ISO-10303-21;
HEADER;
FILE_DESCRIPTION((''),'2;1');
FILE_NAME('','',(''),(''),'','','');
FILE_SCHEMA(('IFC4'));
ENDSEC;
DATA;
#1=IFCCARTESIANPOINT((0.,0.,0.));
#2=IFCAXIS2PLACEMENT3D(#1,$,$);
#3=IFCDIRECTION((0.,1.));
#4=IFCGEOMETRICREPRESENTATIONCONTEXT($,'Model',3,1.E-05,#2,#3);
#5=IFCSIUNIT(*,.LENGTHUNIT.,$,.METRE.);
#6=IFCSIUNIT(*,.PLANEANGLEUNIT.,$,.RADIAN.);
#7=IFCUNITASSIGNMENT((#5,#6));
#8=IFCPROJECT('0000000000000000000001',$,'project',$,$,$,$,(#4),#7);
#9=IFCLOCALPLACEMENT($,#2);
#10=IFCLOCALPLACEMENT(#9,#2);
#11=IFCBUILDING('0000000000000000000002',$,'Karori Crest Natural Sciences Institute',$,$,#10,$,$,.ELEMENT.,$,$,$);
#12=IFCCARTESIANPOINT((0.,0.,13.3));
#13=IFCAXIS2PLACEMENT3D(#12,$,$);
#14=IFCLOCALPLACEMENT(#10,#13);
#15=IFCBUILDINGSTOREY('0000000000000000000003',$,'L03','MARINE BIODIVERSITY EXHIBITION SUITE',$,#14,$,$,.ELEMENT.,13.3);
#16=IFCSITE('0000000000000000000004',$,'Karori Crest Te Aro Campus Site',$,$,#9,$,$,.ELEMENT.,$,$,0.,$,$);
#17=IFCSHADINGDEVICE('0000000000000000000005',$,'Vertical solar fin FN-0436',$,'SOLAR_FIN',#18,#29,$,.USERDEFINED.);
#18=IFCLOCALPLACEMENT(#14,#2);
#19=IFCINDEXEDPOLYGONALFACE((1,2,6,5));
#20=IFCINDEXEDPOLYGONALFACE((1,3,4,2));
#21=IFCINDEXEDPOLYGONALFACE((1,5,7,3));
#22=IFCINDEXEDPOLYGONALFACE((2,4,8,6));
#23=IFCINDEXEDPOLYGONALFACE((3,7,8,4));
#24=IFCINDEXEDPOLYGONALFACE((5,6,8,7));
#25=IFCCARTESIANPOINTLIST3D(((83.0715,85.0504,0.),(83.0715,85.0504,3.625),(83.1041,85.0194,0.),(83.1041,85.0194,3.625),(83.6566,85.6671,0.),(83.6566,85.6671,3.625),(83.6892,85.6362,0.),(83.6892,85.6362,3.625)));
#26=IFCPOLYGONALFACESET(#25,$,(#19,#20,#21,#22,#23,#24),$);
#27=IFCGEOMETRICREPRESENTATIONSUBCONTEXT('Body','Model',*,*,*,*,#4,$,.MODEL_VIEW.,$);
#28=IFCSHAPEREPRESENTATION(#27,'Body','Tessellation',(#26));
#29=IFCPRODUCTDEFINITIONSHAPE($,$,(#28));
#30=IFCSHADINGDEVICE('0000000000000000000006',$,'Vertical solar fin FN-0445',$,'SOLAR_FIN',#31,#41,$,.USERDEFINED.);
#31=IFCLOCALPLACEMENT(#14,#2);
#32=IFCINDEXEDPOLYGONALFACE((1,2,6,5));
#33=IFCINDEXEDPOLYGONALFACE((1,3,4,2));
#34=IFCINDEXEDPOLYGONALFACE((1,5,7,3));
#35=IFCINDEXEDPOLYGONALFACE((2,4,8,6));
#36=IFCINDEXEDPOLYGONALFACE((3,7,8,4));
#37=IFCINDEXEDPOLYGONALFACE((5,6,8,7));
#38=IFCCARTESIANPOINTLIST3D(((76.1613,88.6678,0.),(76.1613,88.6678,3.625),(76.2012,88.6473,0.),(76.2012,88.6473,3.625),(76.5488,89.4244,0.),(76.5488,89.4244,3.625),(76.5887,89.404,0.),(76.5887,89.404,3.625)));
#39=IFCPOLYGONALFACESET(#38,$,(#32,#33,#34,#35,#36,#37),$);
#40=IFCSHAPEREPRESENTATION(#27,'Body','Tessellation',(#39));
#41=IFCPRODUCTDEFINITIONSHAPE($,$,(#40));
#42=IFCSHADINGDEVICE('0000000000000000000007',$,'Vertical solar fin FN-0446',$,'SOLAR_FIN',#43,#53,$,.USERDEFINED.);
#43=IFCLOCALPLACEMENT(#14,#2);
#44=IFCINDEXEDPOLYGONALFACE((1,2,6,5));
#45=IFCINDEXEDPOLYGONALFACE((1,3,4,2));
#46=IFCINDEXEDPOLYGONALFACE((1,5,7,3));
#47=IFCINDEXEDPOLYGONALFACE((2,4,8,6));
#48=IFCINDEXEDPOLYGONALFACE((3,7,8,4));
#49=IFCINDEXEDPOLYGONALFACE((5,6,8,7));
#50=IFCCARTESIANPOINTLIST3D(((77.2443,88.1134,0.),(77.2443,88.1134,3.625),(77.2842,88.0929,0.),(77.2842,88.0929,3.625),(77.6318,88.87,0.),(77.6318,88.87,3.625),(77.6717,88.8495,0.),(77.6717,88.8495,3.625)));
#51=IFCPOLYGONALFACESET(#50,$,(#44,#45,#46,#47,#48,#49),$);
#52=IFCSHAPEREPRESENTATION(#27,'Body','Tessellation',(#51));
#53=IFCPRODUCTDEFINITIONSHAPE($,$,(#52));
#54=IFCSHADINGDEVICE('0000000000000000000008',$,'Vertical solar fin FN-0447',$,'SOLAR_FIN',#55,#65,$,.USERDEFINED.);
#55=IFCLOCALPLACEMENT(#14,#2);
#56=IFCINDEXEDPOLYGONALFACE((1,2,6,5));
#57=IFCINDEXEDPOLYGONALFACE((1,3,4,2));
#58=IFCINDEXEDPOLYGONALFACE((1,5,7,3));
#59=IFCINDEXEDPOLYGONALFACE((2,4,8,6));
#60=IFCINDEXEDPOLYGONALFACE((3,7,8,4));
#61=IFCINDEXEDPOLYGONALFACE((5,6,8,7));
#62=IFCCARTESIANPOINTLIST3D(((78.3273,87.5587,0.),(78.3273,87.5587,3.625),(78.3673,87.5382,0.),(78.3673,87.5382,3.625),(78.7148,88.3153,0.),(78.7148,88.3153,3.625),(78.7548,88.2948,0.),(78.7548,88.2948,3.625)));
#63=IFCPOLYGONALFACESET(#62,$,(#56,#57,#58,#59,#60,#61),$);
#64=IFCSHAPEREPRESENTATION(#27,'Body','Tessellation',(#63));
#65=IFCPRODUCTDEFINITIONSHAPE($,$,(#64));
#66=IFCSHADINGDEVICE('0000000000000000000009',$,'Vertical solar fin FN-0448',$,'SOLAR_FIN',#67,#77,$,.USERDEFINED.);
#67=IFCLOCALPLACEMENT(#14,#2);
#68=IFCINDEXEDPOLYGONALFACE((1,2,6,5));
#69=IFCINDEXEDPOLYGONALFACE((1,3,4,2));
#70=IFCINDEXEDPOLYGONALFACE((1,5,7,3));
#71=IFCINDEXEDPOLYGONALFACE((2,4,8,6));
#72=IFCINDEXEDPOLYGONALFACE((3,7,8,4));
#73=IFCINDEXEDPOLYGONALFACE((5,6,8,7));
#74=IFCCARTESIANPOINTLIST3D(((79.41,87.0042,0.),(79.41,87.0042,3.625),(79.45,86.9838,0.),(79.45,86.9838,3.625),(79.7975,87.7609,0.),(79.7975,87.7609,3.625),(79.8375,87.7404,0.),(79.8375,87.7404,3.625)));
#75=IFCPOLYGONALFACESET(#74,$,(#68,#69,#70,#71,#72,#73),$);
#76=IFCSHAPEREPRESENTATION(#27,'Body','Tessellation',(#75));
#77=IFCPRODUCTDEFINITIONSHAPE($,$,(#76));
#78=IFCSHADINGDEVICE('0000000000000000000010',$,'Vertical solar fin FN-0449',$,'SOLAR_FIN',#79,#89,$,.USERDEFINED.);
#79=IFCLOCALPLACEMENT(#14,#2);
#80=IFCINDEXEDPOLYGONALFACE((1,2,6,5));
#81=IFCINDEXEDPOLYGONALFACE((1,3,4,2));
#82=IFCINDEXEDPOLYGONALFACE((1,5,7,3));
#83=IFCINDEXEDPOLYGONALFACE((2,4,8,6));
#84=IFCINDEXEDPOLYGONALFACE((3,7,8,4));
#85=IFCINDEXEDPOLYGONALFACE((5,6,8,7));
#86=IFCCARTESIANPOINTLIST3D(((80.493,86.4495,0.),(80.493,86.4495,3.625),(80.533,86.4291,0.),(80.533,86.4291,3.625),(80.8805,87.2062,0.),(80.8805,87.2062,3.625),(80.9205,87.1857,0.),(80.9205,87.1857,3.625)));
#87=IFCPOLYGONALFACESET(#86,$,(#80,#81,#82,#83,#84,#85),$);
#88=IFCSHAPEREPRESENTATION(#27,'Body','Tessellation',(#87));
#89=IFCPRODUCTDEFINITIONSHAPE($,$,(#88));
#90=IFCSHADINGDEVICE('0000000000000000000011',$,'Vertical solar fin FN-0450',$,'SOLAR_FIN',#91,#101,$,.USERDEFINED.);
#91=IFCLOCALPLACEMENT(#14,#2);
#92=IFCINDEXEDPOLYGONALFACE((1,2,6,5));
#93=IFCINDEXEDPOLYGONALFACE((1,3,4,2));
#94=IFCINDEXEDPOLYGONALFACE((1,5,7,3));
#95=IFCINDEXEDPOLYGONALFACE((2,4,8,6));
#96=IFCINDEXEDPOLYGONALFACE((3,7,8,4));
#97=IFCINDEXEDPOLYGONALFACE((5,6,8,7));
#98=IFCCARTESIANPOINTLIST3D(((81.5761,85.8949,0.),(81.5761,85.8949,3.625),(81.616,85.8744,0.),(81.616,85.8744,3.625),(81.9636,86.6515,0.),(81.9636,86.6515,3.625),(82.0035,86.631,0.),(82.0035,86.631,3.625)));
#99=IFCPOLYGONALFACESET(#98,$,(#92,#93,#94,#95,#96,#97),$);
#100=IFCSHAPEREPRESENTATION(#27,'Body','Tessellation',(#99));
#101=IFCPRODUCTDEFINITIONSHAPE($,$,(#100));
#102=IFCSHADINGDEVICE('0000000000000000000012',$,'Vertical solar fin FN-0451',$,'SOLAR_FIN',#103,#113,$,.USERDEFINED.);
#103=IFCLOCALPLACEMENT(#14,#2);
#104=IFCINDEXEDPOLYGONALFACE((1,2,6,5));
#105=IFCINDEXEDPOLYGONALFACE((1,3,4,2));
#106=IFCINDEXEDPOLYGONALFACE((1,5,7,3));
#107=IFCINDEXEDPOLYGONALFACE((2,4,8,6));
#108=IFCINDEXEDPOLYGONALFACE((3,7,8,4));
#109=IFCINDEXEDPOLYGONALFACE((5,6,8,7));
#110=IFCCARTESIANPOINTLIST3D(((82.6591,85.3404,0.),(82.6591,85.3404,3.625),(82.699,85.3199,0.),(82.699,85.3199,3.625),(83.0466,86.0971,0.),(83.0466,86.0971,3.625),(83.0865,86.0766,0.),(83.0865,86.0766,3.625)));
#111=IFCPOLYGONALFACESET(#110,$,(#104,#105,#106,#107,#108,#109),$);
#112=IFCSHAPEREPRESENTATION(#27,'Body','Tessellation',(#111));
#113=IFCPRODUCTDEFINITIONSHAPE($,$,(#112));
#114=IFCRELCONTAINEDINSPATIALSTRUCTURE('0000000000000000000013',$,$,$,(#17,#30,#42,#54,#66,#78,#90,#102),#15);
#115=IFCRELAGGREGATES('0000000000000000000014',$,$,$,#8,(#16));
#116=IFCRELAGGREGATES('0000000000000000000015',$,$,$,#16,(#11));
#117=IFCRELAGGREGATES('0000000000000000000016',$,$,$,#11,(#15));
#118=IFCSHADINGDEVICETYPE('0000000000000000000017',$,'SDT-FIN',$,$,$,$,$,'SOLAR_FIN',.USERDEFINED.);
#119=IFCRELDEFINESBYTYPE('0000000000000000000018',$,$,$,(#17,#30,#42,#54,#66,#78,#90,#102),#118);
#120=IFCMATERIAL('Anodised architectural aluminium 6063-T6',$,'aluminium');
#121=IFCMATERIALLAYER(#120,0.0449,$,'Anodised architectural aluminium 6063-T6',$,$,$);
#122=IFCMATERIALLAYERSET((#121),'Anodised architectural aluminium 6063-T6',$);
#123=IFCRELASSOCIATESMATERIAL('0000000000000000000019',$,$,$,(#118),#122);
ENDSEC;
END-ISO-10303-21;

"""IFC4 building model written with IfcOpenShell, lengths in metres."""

from ifc_helpers import new_model, si_unit, direction, frame, origin, origin_2d, place, context, subcontext, project, spatial, rectangle, extrude, material, layer, layer_set, type_object, element, save


model = new_model("IFC4")

# Units and contexts
model_context = context("Model", 3, precision=1e-05, world=origin(), true_north=direction((0.0, 1.0)))
body_context = subcontext(model_context, "Body", "Model", "MODEL_VIEW")
ifc_project = project(units=[si_unit("LENGTHUNIT", "METRE"), si_unit("PLANEANGLEUNIT", "RADIAN")], contexts=[model_context])

# Site, building, storey
site_placement = place(None, origin())
site = spatial("IfcSite", under=ifc_project, at=site_placement, Name="Karori Crest Te Aro Campus Site", CompositionType="ELEMENT", RefElevation=0.0)
building_placement = place(site_placement, origin())
building = spatial("IfcBuilding", under=site, at=building_placement, Name="Karori Crest Natural Sciences Institute", CompositionType="ELEMENT")
storey_placement = place(building_placement, frame((0.0, 0.0, 13.3)))
storey = spatial("IfcBuildingStorey", under=building, at=storey_placement, Name="L03", Description="MARINE BIODIVERSITY EXHIBITION SUITE", CompositionType="ELEMENT", Elevation=13.3)

# Shared definitions
ifc_material_1 = material(Name="Anodised architectural aluminium 6063-T6", Category="aluminium")

# Shading devices
ifc_layer_1 = layer(ifc_material_1, 0.0449, Name="Anodised architectural aluminium 6063-T6")
ifc_layer_set_1 = layer_set([ifc_layer_1], Name="Anodised architectural aluminium 6063-T6")
shading_device_type = type_object("IfcShadingDeviceType", Name="SDT-FIN", ElementType="SOLAR_FIN", PredefinedType="USERDEFINED", material=ifc_layer_set_1)
for number, where, z_axis, x_axis, name in (
    (1, (83.3804, 85.3433, 0.0), (0.0, 0.0, 1.0), (0.688252, 0.725472, 0.0), "Vertical solar fin FN-0436"),
    (2, (76.375, 89.0359, 0.0), (0.0, 0.0, 1.0), (0.455829, 0.890067, 0.0), "Vertical solar fin FN-0445"),
    (3, (77.458, 88.4814, 0.0), (0.0, 0.0, 1.0), (0.455829, 0.890067, 0.0), "Vertical solar fin FN-0446"),
    (4, (78.541, 87.9268, 0.0), (0.0, 0.0, 1.0), (0.455829, 0.890067, 0.0), "Vertical solar fin FN-0447"),
    (5, (79.6238, 87.3723, 0.0), (0.0, 0.0, 1.0), (0.455829, 0.890067, 0.0), "Vertical solar fin FN-0448"),
    (6, (80.7068, 86.8176, 0.0), (0.0, 0.0, 1.0), (0.455829, 0.890067, 0.0), "Vertical solar fin FN-0449"),
    (7, (81.7898, 86.2629, 0.0), (0.0, 0.0, 1.0), (0.455829, 0.890067, 0.0), "Vertical solar fin FN-0450"),
    (8, (82.8728, 85.7085, 0.0), (0.0, 0.0, 1.0), (0.455829, 0.890067, 0.0), "Vertical solar fin FN-0451"),
):
    element("IfcShadingDevice", number, at=place(storey_placement, frame(where, z_axis=z_axis, x_axis=x_axis)), inside=storey, type_object=shading_device_type, Name=name, ObjectType="SOLAR_FIN", PredefinedType="USERDEFINED", context=body_context, shape_type="SweptSolid", body=[
        extrude(rectangle(XDim=0.8501, YDim=0.0449, at=origin_2d()), origin(), (0.0, 0.0, 1.0), 3.625),
    ])

save(model, "model.ifc")
